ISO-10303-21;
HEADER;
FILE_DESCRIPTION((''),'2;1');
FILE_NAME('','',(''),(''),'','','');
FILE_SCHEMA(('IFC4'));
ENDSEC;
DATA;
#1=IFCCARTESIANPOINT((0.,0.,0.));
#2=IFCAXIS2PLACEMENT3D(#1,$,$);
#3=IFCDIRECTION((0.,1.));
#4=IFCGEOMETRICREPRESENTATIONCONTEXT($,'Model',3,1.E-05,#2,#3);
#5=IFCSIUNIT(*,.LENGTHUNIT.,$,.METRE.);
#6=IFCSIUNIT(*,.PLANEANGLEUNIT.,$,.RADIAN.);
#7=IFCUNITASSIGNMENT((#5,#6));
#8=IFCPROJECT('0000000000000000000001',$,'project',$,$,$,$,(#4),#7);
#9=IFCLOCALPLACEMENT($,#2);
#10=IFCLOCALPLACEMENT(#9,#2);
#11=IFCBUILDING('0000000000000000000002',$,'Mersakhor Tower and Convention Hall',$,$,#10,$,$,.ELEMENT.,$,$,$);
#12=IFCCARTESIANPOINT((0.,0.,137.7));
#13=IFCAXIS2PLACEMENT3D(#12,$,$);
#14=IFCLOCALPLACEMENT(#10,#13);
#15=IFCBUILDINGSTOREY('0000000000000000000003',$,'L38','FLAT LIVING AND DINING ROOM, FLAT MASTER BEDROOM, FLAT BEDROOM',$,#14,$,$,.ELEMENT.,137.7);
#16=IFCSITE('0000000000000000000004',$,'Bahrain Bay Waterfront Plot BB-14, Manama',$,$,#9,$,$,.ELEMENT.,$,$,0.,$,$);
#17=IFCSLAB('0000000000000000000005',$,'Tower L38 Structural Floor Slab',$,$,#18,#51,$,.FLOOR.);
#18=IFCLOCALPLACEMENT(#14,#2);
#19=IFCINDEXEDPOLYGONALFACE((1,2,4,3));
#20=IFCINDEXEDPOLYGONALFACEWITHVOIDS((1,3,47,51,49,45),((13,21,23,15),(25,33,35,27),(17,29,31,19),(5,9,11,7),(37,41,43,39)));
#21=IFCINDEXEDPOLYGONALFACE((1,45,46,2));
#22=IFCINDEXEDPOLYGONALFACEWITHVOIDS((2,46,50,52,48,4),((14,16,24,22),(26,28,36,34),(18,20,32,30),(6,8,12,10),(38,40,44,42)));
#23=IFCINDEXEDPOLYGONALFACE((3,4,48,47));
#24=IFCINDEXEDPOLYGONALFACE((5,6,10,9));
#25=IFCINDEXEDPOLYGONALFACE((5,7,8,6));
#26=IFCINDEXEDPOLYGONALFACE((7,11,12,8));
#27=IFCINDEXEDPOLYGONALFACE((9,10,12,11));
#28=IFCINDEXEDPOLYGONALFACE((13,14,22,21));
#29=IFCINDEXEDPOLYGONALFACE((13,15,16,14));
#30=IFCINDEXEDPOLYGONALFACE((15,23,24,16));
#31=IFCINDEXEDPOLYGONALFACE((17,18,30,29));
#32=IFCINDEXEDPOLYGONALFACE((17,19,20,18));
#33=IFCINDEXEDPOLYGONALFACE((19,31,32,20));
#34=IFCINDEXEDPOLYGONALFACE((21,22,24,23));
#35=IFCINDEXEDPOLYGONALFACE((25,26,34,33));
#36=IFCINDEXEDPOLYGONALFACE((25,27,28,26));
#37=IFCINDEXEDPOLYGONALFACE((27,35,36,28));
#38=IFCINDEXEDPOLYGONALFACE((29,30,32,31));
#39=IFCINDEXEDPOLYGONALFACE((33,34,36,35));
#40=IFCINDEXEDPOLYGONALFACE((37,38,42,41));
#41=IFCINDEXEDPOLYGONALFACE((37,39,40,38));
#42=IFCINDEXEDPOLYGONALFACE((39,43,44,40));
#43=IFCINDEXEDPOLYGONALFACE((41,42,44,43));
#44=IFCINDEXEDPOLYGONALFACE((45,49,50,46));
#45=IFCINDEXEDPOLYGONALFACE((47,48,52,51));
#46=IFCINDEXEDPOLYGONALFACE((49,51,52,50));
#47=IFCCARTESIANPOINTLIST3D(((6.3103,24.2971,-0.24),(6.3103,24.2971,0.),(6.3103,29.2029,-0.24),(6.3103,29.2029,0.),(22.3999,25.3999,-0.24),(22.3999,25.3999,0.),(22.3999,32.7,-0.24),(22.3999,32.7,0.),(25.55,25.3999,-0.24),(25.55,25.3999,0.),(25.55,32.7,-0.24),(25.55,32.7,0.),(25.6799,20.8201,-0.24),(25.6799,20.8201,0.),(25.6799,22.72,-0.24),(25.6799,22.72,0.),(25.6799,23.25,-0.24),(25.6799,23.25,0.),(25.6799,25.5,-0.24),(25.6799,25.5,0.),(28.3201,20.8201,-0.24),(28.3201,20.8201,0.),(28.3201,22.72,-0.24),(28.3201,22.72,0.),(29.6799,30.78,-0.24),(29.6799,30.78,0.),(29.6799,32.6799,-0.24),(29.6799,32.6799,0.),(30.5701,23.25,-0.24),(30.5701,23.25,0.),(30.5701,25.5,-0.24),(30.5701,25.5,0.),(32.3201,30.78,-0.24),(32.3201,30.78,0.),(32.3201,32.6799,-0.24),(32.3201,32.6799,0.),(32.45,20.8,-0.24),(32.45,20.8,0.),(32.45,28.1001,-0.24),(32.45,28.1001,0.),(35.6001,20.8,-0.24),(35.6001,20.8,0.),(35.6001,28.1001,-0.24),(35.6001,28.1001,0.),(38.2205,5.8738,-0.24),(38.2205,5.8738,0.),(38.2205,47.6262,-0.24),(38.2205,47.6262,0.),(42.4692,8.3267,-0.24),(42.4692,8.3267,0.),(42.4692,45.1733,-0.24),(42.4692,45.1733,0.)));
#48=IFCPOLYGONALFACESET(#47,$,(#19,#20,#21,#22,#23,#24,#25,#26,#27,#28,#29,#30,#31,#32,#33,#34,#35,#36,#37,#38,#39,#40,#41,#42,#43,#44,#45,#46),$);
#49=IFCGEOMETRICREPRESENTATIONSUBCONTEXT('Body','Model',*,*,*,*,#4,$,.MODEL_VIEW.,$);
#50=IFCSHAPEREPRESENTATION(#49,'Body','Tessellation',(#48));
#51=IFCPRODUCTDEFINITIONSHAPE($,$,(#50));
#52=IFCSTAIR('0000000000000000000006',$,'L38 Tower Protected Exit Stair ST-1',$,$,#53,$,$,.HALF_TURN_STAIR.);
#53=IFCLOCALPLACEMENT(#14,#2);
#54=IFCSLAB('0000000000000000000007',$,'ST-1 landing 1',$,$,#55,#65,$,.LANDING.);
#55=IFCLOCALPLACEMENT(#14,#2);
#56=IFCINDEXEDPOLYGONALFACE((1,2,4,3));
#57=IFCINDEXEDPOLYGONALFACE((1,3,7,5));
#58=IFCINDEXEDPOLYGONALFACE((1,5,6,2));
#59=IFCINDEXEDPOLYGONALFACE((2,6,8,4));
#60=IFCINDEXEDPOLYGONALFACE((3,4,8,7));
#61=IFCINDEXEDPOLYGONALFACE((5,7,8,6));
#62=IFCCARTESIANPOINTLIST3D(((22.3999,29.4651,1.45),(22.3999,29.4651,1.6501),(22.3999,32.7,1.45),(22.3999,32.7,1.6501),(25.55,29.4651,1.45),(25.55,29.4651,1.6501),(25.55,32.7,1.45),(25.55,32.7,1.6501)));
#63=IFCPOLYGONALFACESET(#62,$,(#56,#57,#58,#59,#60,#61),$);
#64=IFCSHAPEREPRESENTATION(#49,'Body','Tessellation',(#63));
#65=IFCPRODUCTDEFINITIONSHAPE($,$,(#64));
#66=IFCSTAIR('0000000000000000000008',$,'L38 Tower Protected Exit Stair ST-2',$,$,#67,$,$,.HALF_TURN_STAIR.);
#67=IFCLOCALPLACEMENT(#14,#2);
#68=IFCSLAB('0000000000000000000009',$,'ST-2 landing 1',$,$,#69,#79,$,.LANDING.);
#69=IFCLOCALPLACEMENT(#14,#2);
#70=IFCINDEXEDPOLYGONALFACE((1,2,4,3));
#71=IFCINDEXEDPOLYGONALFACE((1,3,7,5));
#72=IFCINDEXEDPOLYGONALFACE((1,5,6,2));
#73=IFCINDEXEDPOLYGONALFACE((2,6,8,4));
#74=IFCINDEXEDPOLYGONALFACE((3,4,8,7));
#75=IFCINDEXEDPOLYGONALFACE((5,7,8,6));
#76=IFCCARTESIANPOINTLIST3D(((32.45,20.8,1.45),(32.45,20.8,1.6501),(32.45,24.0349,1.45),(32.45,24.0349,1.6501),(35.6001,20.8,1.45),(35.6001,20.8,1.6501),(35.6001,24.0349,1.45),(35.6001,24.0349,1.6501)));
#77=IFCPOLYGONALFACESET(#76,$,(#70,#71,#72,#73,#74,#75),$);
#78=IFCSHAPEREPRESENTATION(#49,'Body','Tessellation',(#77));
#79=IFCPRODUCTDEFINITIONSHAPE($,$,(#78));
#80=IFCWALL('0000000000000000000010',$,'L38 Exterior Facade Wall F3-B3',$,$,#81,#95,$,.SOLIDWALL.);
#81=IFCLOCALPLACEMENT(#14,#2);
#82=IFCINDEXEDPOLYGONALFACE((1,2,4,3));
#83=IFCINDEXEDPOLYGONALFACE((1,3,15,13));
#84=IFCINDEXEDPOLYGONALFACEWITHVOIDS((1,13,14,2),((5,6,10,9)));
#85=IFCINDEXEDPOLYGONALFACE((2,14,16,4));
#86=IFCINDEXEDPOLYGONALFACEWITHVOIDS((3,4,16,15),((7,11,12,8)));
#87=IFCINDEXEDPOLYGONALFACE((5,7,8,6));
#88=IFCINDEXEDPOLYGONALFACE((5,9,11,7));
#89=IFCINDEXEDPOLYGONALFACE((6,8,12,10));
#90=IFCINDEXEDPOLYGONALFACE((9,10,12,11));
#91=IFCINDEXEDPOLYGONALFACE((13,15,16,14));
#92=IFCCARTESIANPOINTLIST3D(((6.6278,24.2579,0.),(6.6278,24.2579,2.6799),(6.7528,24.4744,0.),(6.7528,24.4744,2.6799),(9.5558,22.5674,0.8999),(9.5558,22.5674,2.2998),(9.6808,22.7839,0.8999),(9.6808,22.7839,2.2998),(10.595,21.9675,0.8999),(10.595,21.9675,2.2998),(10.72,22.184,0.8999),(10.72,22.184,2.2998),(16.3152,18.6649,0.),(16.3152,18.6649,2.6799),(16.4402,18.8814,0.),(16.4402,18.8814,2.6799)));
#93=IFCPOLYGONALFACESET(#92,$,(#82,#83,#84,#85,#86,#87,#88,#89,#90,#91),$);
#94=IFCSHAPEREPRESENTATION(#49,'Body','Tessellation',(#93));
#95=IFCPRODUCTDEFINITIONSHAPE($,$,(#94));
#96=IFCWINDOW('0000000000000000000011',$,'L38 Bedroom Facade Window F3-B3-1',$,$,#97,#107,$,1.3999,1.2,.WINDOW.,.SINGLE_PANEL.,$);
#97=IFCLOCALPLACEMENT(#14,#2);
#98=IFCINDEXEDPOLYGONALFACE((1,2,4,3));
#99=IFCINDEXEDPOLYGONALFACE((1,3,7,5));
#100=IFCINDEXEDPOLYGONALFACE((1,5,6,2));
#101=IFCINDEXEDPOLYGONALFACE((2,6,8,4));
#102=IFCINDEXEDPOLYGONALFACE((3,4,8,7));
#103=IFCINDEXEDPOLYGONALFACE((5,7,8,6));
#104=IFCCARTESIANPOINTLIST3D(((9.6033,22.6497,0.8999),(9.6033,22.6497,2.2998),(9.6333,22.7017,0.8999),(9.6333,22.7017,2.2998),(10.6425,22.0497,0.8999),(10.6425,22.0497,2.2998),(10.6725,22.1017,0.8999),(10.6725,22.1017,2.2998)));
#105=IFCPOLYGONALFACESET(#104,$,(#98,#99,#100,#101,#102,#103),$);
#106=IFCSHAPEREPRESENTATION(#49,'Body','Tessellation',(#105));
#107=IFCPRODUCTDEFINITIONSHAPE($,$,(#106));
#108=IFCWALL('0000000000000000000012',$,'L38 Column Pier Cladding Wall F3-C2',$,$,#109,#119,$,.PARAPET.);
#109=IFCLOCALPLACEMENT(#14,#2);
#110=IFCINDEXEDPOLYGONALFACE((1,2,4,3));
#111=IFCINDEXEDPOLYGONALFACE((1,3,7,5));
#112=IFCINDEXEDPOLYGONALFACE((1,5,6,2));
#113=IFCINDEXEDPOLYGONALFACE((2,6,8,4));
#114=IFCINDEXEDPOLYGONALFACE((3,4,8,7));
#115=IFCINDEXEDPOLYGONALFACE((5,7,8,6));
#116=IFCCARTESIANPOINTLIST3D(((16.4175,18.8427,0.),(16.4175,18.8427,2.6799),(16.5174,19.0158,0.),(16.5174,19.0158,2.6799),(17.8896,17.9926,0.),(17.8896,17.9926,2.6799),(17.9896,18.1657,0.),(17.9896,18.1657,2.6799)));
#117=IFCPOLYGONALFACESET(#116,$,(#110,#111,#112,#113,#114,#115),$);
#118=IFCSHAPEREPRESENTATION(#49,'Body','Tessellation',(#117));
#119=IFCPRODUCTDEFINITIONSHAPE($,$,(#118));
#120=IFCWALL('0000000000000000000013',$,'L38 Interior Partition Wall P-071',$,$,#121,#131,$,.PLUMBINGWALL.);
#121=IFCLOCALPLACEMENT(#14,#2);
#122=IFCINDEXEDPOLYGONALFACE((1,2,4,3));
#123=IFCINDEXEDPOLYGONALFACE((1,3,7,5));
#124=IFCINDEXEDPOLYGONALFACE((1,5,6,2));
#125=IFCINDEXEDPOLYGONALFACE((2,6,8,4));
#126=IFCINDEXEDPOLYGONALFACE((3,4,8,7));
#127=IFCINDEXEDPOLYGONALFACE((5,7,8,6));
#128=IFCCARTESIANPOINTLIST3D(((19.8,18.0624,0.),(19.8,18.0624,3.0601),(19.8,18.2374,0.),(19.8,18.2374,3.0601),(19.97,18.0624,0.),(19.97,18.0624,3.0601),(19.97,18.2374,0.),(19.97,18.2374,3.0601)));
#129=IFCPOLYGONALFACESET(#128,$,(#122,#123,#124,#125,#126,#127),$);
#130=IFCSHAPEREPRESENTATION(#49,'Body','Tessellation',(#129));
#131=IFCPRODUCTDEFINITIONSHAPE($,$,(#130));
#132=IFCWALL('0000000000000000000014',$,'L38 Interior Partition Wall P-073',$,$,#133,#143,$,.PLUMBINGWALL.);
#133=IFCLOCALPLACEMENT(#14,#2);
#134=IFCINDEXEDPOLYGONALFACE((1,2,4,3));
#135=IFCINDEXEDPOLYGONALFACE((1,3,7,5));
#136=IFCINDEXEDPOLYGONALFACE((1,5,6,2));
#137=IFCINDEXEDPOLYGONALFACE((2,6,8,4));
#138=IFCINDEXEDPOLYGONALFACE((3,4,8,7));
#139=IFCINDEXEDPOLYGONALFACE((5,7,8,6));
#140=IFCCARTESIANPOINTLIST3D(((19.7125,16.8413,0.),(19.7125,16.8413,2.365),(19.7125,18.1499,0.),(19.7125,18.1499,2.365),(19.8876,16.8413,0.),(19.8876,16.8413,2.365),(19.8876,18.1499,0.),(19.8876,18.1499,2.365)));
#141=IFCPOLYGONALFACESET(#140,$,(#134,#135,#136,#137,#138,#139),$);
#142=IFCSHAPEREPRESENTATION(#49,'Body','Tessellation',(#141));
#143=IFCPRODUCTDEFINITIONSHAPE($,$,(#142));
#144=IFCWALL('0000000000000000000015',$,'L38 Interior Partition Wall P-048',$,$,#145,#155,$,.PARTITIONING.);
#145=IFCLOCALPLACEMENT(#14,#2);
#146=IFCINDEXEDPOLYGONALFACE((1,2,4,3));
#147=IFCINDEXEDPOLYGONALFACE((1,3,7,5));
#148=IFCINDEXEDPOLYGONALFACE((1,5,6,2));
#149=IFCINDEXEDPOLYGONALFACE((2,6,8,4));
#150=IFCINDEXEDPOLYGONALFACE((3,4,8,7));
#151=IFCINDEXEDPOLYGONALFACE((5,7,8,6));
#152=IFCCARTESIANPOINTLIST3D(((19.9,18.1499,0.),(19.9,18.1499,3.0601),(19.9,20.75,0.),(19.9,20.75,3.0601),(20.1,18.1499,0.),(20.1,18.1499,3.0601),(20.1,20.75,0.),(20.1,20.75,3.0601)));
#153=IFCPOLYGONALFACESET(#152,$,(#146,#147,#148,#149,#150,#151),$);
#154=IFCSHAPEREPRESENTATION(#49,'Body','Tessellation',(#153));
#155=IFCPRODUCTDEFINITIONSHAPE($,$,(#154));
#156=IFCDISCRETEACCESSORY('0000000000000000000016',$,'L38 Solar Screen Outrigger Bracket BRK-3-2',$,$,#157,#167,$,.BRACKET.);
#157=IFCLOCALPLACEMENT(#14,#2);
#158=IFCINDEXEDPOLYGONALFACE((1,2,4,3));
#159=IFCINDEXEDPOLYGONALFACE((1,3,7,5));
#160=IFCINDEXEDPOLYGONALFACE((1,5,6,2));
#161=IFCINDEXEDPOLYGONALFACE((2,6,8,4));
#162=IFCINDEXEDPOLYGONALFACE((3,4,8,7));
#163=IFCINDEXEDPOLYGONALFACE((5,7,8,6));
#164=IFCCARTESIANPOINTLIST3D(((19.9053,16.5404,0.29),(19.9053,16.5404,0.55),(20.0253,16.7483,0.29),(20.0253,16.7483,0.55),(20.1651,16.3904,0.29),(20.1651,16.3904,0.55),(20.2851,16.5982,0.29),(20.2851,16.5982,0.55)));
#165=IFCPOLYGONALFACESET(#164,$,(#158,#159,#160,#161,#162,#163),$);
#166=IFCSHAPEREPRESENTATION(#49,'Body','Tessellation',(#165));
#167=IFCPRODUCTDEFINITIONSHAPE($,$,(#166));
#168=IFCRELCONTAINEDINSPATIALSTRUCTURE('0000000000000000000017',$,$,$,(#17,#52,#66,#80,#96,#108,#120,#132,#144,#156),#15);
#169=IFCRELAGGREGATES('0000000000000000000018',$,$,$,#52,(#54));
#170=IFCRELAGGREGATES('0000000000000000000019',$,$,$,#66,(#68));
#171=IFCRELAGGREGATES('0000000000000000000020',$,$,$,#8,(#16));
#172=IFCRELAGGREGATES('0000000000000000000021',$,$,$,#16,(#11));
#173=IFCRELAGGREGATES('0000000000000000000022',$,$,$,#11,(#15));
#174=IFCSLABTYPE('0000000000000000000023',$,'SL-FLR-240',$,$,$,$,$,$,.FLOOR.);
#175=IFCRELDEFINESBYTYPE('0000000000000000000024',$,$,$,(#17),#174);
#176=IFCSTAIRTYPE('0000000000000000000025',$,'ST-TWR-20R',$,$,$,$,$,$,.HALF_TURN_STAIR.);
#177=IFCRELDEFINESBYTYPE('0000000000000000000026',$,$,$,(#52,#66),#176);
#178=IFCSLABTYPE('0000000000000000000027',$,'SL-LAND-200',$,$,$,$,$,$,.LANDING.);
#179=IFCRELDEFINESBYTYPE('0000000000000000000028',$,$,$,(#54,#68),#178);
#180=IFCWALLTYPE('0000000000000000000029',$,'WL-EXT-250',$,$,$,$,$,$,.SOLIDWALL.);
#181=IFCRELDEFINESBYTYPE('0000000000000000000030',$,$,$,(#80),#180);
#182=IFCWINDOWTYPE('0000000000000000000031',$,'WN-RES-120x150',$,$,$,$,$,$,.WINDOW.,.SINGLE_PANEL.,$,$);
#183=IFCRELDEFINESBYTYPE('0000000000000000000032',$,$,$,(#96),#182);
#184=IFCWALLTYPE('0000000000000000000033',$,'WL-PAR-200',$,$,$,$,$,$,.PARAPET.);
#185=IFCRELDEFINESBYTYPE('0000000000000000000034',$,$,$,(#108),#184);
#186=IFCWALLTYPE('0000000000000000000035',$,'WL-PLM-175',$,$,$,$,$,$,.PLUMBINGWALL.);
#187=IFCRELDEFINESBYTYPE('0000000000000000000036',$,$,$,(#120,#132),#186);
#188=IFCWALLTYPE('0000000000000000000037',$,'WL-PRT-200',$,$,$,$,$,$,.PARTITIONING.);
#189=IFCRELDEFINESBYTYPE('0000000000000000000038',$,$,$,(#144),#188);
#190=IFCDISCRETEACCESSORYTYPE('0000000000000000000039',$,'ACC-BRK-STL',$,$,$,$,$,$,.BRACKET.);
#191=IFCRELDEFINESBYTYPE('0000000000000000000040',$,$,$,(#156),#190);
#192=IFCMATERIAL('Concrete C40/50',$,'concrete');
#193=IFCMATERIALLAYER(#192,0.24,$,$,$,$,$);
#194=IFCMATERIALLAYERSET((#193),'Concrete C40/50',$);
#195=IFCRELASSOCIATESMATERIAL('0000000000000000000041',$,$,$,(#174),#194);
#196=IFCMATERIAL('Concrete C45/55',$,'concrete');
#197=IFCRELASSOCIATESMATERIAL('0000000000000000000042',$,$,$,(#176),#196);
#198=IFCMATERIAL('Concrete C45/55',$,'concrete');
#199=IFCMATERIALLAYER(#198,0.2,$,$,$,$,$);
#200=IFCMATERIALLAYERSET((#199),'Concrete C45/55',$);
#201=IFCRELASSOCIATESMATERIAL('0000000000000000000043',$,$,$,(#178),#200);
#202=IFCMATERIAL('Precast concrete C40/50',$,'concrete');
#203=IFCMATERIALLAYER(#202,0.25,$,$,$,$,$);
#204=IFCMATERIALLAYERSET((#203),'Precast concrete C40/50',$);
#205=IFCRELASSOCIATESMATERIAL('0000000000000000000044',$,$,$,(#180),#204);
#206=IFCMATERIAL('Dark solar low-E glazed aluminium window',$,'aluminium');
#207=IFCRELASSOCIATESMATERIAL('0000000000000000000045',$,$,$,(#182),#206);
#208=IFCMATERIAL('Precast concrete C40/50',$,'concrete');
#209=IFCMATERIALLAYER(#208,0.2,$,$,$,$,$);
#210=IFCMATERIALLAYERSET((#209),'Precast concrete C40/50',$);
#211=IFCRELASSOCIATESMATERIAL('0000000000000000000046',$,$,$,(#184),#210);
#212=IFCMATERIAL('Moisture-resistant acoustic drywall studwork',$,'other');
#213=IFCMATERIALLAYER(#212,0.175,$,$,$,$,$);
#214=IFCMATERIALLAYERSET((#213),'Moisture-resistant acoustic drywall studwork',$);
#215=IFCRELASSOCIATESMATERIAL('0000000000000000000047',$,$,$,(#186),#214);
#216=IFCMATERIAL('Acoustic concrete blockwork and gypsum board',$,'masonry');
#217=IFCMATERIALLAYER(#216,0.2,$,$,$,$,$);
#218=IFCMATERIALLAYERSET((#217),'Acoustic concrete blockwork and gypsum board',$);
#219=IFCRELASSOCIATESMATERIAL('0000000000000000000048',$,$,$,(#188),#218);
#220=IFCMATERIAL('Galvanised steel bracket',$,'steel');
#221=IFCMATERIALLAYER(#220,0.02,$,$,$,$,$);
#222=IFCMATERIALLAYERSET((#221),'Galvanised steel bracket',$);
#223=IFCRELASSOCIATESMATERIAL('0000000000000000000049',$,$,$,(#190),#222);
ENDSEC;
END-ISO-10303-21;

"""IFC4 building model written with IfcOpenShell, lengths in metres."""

from ifc_helpers import new_model, si_unit, direction, frame, frame_2d, origin, origin_2d, place, context, subcontext, project, spatial, polyline, rectangle, outline, extrude, material, layer, layer_set, type_object, element, fill, aggregate, save


model = new_model("IFC4")

# Units and contexts
model_context = context("Model", 3, precision=1e-05, world=origin(), true_north=direction((0.0, 1.0)))
body_context = subcontext(model_context, "Body", "Model", "MODEL_VIEW")
ifc_project = project(units=[si_unit("LENGTHUNIT", "METRE"), si_unit("PLANEANGLEUNIT", "RADIAN")], contexts=[model_context])

# Site, building, storey
site_placement = place(None, origin())
site = spatial("IfcSite", under=ifc_project, at=site_placement, Name="Bahrain Bay Waterfront Plot BB-14, Manama", CompositionType="ELEMENT", RefElevation=0.0)
building_placement = place(site_placement, origin())
building = spatial("IfcBuilding", under=site, at=building_placement, Name="Mersakhor Tower and Convention Hall", CompositionType="ELEMENT")
storey_placement = place(building_placement, frame((0.0, 0.0, 137.7)))
storey = spatial("IfcBuildingStorey", under=building, at=storey_placement, Name="L38", Description="FLAT LIVING AND DINING ROOM, FLAT MASTER BEDROOM, FLAT BEDROOM", CompositionType="ELEMENT", Elevation=137.7)

# Slab
ifc_material_1 = material(Name="Concrete C40/50", Category="concrete")
ifc_layer_1 = layer(ifc_material_1, 0.24)
ifc_layer_set_1 = layer_set([ifc_layer_1], Name="Concrete C40/50")
slab_type_1 = type_object("IfcSlabType", Name="SL-FLR-240", PredefinedType="FLOOR", material=ifc_layer_set_1)
slab_1_placement = place(storey_placement, frame((0.0, 0.0, -0.24)))
element("IfcSlab", 1, at=slab_1_placement, inside=storey, type_object=slab_type_1, Name="Tower L38 Structural Floor Slab", PredefinedType="FLOOR", context=body_context, shape_type="SweptSolid", body=[
    extrude(outline(polyline([(6.3103, 29.2029), (38.2205, 47.6262), (42.4692, 45.1733), (42.4692, 8.3267), (38.2205, 5.8738), (6.3103, 24.2971), (6.3103, 29.2029)]), holes=[polyline([(25.55, 25.3999), (25.55, 32.7), (22.3999, 32.7), (22.3999, 25.3999), (25.55, 25.3999)]), polyline([(32.45, 28.1001), (32.45, 20.8), (35.6001, 20.8), (35.6001, 28.1001), (32.45, 28.1001)]), polyline([(25.6799, 20.8201), (25.6799, 22.72), (28.3201, 22.72), (28.3201, 20.8201), (25.6799, 20.8201)]), polyline([(29.6799, 30.78), (29.6799, 32.6799), (32.3201, 32.6799), (32.3201, 30.78), (29.6799, 30.78)]), polyline([(25.6799, 23.25), (25.6799, 25.5), (30.5701, 25.5), (30.5701, 23.25), (25.6799, 23.25)])]), origin(), (0.0, 0.0, 1.0), 0.24),
])

# Stairs, slabs
ifc_material_2 = material(Name="Concrete C45/55", Category="concrete")
stair_type = type_object("IfcStairType", Name="ST-TWR-20R", PredefinedType="HALF_TURN_STAIR", material=ifc_material_2)
stair_1_placement = place(storey_placement, origin())
stair_1 = element("IfcStair", 2, at=stair_1_placement, inside=storey, type_object=stair_type, Name="L38 Tower Protected Exit Stair ST-1", PredefinedType="HALF_TURN_STAIR")
ifc_material_3 = material(Name="Concrete C45/55", Category="concrete")
ifc_layer_2 = layer(ifc_material_3, 0.2)
ifc_layer_set_2 = layer_set([ifc_layer_2], Name="Concrete C45/55")
slab_type_2 = type_object("IfcSlabType", Name="SL-LAND-200", PredefinedType="LANDING", material=ifc_layer_set_2)
slab_2_placement = place(storey_placement, frame((0.0, 0.0, 1.45)))
slab_2 = element("IfcSlab", 3, at=slab_2_placement, type_object=slab_type_2, Name="ST-1 landing 1", PredefinedType="LANDING", context=body_context, shape_type="SweptSolid", body=[
    extrude(outline(polyline([(25.55, 29.4651), (25.55, 32.7), (22.3999, 32.7), (22.3999, 29.4651), (25.55, 29.4651)])), origin(), (0.0, 0.0, 1.0), 0.2002),
])
aggregate(stair_1, [slab_2])
stair_2_placement = place(storey_placement, origin())
stair_2 = element("IfcStair", 4, at=stair_2_placement, inside=storey, type_object=stair_type, Name="L38 Tower Protected Exit Stair ST-2", PredefinedType="HALF_TURN_STAIR")
slab_3_placement = place(storey_placement, frame((0.0, 0.0, 1.45)))
slab_3 = element("IfcSlab", 5, at=slab_3_placement, type_object=slab_type_2, Name="ST-2 landing 1", PredefinedType="LANDING", context=body_context, shape_type="SweptSolid", body=[
    extrude(outline(polyline([(32.45, 24.0349), (32.45, 20.8), (35.6001, 20.8), (35.6001, 24.0349), (32.45, 24.0349)])), origin(), (0.0, 0.0, 1.0), 0.2002),
])
aggregate(stair_2, [slab_3])

# Wall, opening, window
ifc_material_4 = material(Name="Precast concrete C40/50", Category="concrete")
ifc_layer_3 = layer(ifc_material_4, 0.25)
ifc_layer_set_3 = layer_set([ifc_layer_3], Name="Precast concrete C40/50")
wall_type_1 = type_object("IfcWallType", Name="WL-EXT-250", PredefinedType="SOLIDWALL", material=ifc_layer_set_3)
wall_1_placement = place(storey_placement, frame((16.3777, 18.7732, 0.0), z_axis=(0.0, 0.0, 1.0), x_axis=(-0.866028, 0.499996, 0.0)))
wall_1 = element("IfcWall", 6, at=wall_1_placement, inside=storey, type_object=wall_type_1, Name="L38 Exterior Facade Wall F3-B3", PredefinedType="SOLIDWALL", context=body_context, shape_type="SweptSolid", body=[
    extrude(rectangle(XDim=11.186, YDim=0.25, at=frame_2d((5.593, 0.0))), origin(), (0.0, 0.0, 1.0), 2.6799),
])
opening_placement = place(wall_1_placement, frame((6.605, 0.0, 0.8999)))
opening = element("IfcOpeningElement", 7, at=opening_placement, cuts=wall_1, PredefinedType="OPENING", context=body_context, shape_type="SweptSolid", body=[
    extrude(rectangle(XDim=1.2, YDim=1.3999, at=frame_2d((0.6001, 0.7))), frame((0.0, 0.135, 0.0), z_axis=(0.0, -1.0, 0.0), x_axis=(1.0, 0.0, 0.0)), (0.0, 0.0, 1.0), 0.27),
])
ifc_material_5 = material(Name="Dark solar low-E glazed aluminium window", Category="aluminium")
window_type = type_object("IfcWindowType", Name="WN-RES-120x150", PartitioningType="SINGLE_PANEL", PredefinedType="WINDOW", material=ifc_material_5)
window_placement = place(opening_placement, origin())
window = element("IfcWindow", 8, at=window_placement, inside=storey, type_object=window_type, Name="L38 Bedroom Facade Window F3-B3-1", OverallHeight=1.3999, OverallWidth=1.2, PartitioningType="SINGLE_PANEL", PredefinedType="WINDOW", context=body_context, shape_type="SweptSolid", body=[
    extrude(rectangle(XDim=1.2, YDim=1.3999, at=frame_2d((0.6001, 0.7))), frame((0.0, 0.03, 0.0), z_axis=(0.0, -1.0, 0.0), x_axis=(1.0, 0.0, 0.0)), (0.0, 0.0, 1.0), 0.0601),
])
fill(opening, window)

# Walls
ifc_material_6 = material(Name="Precast concrete C40/50", Category="concrete")
ifc_layer_4 = layer(ifc_material_6, 0.2)
ifc_layer_set_4 = layer_set([ifc_layer_4], Name="Precast concrete C40/50")
wall_type_2 = type_object("IfcWallType", Name="WL-PAR-200", PredefinedType="PARAPET", material=ifc_layer_set_4)
wall_2_placement = place(storey_placement, frame((17.9397, 18.0791, 0.0), z_axis=(0.0, 0.0, 1.0), x_axis=(-0.865989, 0.500062, 0.0)))
element("IfcWall", 9, at=wall_2_placement, inside=storey, type_object=wall_type_2, Name="L38 Column Pier Cladding Wall F3-C2", PredefinedType="PARAPET", context=body_context, shape_type="SweptSolid", body=[
    extrude(rectangle(XDim=1.7, YDim=0.2, at=frame_2d((0.8501, 0.0))), origin(), (0.0, 0.0, 1.0), 2.6799),
])
ifc_material_7 = material(Name="Moisture-resistant acoustic drywall studwork", Category="other")
ifc_layer_5 = layer(ifc_material_7, 0.175)
ifc_layer_set_5 = layer_set([ifc_layer_5], Name="Moisture-resistant acoustic drywall studwork")
wall_type_3 = type_object("IfcWallType", Name="WL-PLM-175", PredefinedType="PLUMBINGWALL", material=ifc_layer_set_5)
wall_3_placement = place(storey_placement, frame((19.8, 18.1499, 0.0), z_axis=(0.0, 0.0, 1.0), x_axis=(1.0, 0.0, 0.0)))
element("IfcWall", 10, at=wall_3_placement, inside=storey, type_object=wall_type_3, Name="L38 Interior Partition Wall P-071", PredefinedType="PLUMBINGWALL", context=body_context, shape_type="SweptSolid", body=[
    extrude(rectangle(XDim=0.1699, YDim=0.175, at=frame_2d((0.085, 0.0))), origin(), (0.0, 0.0, 1.0), 3.0601),
])
wall_4_placement = place(storey_placement, frame((19.8, 16.8413, 0.0), z_axis=(0.0, 0.0, 1.0), x_axis=(0.0, 1.0, 0.0)))
element("IfcWall", 11, at=wall_4_placement, inside=storey, type_object=wall_type_3, Name="L38 Interior Partition Wall P-073", PredefinedType="PLUMBINGWALL", context=body_context, shape_type="SweptSolid", body=[
    extrude(rectangle(XDim=1.3086, YDim=0.175, at=frame_2d((0.6543, 0.0))), origin(), (0.0, 0.0, 1.0), 2.365),
])
ifc_material_8 = material(Name="Acoustic concrete blockwork and gypsum board", Category="masonry")
ifc_layer_6 = layer(ifc_material_8, 0.2)
ifc_layer_set_6 = layer_set([ifc_layer_6], Name="Acoustic concrete blockwork and gypsum board")
wall_type_4 = type_object("IfcWallType", Name="WL-PRT-200", PredefinedType="PARTITIONING", material=ifc_layer_set_6)
wall_5_placement = place(storey_placement, frame((20.0, 18.1499, 0.0), z_axis=(0.0, 0.0, 1.0), x_axis=(0.0, 1.0, 0.0)))
element("IfcWall", 12, at=wall_5_placement, inside=storey, type_object=wall_type_4, Name="L38 Interior Partition Wall P-048", PredefinedType="PARTITIONING", context=body_context, shape_type="SweptSolid", body=[
    extrude(rectangle(XDim=2.6001, YDim=0.2, at=frame_2d((1.3, 0.0))), origin(), (0.0, 0.0, 1.0), 3.0601),
])

# Discrete accessory
ifc_material_9 = material(Name="Galvanised steel bracket", Category="steel")
ifc_layer_7 = layer(ifc_material_9, 0.02)
ifc_layer_set_7 = layer_set([ifc_layer_7], Name="Galvanised steel bracket")
discrete_accessory_type = type_object("IfcDiscreteAccessoryType", Name="ACC-BRK-STL", PredefinedType="BRACKET", material=ifc_layer_set_7)
discrete_accessory_placement = place(storey_placement, frame((20.0952, 16.5693, 0.29), z_axis=(0.0, 0.0, 1.0), x_axis=(-0.866025, 0.5, 0.0)))
element("IfcDiscreteAccessory", 13, at=discrete_accessory_placement, inside=storey, type_object=discrete_accessory_type, Name="L38 Solar Screen Outrigger Bracket BRK-3-2", PredefinedType="BRACKET", context=body_context, shape_type="SweptSolid", body=[
    extrude(rectangle(XDim=0.3, YDim=0.24, at=origin_2d()), origin(), (0.0, 0.0, 1.0), 0.26),
])

save(model, "model.ifc")
